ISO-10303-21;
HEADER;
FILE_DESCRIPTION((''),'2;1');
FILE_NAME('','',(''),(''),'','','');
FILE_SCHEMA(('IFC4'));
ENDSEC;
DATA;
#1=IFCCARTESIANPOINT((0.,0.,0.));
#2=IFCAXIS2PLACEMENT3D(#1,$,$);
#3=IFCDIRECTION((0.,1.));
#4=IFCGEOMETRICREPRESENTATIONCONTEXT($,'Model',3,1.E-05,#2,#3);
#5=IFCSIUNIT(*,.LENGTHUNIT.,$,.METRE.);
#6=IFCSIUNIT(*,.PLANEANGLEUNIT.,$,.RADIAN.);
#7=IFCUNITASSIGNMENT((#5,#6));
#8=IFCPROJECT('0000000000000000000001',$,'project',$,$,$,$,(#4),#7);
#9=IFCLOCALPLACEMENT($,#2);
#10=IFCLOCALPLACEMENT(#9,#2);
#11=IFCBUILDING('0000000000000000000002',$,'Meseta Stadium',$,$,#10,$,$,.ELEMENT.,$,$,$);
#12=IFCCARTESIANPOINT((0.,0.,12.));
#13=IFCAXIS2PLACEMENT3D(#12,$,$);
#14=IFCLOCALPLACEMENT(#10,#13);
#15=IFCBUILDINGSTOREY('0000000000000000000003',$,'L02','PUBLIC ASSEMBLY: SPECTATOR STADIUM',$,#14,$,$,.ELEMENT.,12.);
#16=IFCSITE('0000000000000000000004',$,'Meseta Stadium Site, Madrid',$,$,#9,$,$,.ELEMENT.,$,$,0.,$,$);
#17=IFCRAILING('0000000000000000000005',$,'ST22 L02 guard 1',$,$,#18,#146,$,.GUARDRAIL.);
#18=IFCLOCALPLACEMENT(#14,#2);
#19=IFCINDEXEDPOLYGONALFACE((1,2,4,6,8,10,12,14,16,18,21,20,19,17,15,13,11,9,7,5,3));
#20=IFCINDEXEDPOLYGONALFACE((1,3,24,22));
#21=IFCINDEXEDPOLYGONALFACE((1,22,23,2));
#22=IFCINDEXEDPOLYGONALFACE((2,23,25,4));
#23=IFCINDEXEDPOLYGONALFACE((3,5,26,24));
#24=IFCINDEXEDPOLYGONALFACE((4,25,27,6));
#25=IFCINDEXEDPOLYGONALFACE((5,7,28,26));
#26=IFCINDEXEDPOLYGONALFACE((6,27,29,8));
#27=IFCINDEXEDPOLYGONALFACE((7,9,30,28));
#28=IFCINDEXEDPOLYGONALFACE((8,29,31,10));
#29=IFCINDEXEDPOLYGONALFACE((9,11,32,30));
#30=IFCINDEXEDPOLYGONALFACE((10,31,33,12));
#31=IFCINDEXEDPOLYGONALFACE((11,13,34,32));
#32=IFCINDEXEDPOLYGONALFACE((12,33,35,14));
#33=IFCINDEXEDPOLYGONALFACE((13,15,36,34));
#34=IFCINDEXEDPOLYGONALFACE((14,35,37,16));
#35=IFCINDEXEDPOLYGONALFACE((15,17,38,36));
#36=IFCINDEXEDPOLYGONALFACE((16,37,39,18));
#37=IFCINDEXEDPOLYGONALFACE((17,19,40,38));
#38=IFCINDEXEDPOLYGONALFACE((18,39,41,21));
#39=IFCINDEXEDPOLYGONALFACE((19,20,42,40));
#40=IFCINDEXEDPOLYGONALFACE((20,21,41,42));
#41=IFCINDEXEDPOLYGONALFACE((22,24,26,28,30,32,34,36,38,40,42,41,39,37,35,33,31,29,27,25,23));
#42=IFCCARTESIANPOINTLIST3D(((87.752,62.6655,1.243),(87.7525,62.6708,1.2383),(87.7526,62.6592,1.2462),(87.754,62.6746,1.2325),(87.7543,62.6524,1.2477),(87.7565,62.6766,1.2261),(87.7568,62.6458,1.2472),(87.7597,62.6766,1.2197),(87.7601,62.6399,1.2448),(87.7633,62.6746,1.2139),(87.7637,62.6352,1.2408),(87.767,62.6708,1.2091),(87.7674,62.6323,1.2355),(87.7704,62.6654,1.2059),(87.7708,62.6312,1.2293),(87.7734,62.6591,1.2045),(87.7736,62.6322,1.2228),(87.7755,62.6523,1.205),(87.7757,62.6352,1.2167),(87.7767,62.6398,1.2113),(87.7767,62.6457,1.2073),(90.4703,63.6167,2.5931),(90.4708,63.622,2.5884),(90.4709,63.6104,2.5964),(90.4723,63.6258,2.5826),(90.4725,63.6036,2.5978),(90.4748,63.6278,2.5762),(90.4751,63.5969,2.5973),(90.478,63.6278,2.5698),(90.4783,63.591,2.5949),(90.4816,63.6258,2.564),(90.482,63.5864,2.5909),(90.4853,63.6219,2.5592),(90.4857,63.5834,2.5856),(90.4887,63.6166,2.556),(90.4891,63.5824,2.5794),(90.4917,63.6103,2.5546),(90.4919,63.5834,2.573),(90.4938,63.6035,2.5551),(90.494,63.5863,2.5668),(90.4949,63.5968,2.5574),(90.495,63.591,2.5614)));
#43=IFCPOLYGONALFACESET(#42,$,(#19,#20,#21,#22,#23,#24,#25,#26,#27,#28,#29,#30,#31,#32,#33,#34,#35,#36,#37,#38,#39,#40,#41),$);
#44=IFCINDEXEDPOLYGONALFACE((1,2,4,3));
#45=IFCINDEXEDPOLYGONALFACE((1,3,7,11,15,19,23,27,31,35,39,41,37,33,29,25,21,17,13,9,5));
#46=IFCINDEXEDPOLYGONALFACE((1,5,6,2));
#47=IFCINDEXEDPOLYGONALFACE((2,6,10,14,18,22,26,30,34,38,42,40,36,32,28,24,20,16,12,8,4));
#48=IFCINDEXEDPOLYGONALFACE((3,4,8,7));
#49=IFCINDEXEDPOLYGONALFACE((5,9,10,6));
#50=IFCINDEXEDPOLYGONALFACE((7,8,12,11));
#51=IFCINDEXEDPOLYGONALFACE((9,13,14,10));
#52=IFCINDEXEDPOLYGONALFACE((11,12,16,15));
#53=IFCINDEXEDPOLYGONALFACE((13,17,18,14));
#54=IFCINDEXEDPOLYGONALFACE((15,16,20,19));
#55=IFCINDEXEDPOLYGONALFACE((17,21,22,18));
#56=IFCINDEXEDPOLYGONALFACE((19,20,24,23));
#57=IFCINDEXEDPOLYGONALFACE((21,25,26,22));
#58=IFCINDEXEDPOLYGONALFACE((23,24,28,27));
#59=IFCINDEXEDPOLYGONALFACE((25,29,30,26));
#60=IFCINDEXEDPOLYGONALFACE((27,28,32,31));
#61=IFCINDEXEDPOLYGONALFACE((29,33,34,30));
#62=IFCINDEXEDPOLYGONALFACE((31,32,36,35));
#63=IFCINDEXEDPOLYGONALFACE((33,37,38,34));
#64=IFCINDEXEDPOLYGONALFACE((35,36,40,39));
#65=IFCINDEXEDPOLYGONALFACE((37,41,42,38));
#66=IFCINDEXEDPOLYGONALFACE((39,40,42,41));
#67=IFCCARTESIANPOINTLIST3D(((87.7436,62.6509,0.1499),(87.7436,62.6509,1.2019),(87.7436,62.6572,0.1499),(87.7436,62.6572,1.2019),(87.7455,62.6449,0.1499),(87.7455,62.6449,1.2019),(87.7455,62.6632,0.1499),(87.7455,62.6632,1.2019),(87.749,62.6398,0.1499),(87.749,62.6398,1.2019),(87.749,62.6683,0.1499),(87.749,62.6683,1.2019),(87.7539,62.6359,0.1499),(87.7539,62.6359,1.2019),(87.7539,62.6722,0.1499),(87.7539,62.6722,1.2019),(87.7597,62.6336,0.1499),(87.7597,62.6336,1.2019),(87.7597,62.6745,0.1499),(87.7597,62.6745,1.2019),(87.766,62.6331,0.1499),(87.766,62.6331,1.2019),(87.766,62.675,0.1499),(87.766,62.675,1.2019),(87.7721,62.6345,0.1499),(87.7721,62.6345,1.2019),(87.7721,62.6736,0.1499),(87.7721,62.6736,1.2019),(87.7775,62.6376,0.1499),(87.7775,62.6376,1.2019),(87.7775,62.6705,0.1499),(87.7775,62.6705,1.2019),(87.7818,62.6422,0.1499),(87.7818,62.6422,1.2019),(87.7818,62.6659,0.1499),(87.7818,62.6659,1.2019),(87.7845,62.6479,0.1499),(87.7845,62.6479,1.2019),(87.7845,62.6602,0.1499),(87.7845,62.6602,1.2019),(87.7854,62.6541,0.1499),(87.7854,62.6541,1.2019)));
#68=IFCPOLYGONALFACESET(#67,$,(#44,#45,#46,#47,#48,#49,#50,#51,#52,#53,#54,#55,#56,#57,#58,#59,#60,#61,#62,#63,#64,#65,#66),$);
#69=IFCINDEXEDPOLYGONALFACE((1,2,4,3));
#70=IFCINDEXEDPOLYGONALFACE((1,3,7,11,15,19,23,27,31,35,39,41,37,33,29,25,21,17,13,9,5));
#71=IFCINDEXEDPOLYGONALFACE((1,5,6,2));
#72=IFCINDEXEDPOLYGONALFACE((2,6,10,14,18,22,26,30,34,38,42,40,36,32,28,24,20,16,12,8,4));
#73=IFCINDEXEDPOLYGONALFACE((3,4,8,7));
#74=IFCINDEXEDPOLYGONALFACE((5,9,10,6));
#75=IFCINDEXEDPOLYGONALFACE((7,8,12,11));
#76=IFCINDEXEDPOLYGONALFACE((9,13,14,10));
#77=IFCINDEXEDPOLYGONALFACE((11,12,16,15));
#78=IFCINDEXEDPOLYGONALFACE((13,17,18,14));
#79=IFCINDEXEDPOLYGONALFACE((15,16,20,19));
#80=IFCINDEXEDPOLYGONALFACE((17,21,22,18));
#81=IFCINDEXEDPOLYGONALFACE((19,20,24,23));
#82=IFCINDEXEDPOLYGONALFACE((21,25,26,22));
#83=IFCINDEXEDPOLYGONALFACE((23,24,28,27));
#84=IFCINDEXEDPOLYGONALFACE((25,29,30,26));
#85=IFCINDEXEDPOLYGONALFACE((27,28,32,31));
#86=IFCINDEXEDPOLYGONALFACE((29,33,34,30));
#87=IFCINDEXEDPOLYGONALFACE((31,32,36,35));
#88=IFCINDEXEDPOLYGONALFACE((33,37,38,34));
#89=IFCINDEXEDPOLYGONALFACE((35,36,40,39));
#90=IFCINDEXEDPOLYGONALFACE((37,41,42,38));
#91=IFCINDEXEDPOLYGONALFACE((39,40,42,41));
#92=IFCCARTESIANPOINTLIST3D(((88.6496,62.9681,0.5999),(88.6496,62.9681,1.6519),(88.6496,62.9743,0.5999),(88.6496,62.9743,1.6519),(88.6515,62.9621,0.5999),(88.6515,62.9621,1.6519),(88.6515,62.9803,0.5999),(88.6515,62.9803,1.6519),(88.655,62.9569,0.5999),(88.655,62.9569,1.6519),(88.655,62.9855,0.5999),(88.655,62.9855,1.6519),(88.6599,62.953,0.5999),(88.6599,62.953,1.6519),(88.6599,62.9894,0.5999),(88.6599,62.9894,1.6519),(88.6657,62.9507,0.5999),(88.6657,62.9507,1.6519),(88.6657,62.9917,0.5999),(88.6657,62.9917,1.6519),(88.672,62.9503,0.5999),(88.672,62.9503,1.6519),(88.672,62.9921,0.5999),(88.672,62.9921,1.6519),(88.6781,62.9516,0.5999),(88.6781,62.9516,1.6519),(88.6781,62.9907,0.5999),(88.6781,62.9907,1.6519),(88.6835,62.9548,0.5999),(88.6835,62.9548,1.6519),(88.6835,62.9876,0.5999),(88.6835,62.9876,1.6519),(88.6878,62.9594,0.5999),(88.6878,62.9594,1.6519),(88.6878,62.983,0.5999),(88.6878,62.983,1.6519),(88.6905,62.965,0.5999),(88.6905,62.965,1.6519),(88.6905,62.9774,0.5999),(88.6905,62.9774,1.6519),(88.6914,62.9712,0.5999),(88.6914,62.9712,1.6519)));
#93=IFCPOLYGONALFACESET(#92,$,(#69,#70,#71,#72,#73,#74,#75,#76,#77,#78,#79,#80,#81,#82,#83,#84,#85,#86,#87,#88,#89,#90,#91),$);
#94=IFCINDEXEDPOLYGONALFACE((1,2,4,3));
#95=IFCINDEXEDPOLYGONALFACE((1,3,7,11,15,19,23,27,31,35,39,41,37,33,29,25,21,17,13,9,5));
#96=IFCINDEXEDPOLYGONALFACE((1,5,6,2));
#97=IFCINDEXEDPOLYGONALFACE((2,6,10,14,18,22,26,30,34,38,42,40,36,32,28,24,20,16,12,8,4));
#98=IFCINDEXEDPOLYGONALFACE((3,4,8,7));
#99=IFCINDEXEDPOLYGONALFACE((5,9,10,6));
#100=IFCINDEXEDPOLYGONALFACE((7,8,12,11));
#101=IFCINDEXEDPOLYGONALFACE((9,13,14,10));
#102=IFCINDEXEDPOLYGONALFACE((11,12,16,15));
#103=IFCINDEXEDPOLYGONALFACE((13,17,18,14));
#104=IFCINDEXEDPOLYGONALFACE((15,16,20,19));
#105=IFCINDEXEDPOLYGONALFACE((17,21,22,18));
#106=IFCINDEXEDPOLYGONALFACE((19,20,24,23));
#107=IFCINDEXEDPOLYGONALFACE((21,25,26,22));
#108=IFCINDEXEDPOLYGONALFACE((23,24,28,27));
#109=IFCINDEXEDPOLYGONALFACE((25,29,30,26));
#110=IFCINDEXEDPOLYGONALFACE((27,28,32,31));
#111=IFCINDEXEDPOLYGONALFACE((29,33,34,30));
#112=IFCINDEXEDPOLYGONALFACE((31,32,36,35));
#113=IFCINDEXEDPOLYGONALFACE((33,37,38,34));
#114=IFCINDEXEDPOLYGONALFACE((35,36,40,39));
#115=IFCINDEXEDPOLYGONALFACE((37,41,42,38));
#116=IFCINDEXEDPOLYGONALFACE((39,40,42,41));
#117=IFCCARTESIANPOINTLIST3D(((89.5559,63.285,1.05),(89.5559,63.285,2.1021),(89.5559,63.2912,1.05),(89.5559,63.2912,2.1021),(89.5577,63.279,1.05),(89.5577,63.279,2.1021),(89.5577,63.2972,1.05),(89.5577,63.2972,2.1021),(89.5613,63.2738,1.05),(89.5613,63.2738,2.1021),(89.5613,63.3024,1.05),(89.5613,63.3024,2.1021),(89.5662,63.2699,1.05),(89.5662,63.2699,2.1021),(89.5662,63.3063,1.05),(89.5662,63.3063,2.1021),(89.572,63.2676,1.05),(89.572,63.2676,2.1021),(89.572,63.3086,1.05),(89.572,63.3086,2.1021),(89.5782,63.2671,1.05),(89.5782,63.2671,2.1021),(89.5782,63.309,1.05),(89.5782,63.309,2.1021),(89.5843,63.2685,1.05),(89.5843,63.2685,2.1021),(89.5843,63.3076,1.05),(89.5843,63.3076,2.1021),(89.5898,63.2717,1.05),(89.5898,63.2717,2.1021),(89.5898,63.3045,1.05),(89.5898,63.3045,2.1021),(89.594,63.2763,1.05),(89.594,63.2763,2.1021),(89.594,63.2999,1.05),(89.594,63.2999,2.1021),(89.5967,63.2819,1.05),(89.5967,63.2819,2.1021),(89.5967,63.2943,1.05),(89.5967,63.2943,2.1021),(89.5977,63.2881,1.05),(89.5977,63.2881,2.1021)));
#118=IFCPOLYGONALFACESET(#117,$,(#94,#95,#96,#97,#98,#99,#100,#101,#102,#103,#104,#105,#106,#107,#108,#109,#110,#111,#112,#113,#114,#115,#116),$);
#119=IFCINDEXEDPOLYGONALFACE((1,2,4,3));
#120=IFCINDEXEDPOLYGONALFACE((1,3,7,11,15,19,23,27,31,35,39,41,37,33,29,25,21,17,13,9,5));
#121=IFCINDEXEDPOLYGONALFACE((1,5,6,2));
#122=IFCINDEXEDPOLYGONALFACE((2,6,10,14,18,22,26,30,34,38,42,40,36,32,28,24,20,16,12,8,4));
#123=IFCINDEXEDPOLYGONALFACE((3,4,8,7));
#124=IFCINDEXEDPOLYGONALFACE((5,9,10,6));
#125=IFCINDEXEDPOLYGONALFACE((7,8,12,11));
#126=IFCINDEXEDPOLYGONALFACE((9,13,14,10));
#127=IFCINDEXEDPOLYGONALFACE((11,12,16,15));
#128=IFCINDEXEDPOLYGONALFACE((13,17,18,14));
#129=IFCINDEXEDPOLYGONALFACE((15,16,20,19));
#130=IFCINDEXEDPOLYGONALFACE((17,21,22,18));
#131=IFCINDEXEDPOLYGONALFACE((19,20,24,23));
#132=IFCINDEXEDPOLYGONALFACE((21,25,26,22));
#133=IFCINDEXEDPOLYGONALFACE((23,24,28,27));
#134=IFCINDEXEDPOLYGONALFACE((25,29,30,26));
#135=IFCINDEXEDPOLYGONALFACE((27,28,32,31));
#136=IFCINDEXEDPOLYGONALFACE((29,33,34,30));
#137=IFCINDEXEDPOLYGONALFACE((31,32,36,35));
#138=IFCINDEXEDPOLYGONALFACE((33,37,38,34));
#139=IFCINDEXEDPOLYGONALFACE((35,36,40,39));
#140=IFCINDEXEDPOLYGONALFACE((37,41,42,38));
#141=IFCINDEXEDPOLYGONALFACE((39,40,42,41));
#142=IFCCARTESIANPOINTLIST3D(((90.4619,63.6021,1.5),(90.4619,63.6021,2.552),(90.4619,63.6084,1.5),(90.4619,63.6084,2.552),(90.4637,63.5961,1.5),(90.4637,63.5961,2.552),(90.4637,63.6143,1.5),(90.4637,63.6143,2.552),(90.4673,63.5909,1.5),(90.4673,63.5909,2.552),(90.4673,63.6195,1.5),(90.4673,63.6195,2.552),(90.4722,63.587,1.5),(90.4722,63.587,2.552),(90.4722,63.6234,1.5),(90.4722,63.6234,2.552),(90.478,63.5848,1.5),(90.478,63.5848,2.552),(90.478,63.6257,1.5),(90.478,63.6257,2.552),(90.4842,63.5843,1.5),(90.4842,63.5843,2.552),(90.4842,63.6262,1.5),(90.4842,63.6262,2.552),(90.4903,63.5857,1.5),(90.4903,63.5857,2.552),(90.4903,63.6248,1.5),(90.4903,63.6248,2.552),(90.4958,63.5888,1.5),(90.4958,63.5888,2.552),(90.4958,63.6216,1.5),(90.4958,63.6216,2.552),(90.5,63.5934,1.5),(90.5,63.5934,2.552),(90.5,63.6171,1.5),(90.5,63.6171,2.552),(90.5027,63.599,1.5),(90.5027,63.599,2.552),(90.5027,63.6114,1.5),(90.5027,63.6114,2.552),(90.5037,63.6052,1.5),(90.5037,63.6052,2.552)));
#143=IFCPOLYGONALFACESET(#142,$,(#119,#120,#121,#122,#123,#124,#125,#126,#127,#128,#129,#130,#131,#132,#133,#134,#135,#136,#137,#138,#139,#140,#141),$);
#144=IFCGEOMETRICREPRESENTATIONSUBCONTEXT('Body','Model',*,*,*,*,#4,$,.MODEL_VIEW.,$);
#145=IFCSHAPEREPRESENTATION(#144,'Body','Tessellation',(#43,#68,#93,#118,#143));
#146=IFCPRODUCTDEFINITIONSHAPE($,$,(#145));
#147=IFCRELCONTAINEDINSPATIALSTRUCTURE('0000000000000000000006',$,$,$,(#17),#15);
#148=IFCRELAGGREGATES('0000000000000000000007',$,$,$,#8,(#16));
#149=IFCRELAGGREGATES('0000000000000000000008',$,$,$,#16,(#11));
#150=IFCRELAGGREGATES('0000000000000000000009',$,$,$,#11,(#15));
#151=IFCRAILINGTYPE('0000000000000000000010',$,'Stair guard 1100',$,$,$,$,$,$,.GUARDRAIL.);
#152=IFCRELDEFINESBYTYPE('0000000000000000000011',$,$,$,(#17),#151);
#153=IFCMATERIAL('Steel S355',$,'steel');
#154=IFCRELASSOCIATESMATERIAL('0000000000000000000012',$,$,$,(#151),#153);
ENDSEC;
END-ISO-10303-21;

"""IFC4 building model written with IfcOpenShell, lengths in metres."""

from ifc_helpers import new_model, si_unit, direction, frame, origin, origin_2d, place, context, subcontext, project, spatial, circle, extrude, material, type_object, element, save


model = new_model("IFC4")

# Units and contexts
model_context = context("Model", 3, precision=1e-05, world=origin(), true_north=direction((0.0, 1.0)))
body_context = subcontext(model_context, "Body", "Model", "MODEL_VIEW")
ifc_project = project(units=[si_unit("LENGTHUNIT", "METRE"), si_unit("PLANEANGLEUNIT", "RADIAN")], contexts=[model_context])

# Site, building, storey
site_placement = place(None, origin())
site = spatial("IfcSite", under=ifc_project, at=site_placement, Name="Meseta Stadium Site, Madrid", CompositionType="ELEMENT", RefElevation=0.0)
building_placement = place(site_placement, origin())
building = spatial("IfcBuilding", under=site, at=building_placement, Name="Meseta Stadium", CompositionType="ELEMENT")
storey_placement = place(building_placement, frame((0.0, 0.0, 12.0)))
storey = spatial("IfcBuildingStorey", under=building, at=storey_placement, Name="L02", Description="PUBLIC ASSEMBLY: SPECTATOR STADIUM", CompositionType="ELEMENT", Elevation=12.0)

# Railing
ifc_material_1 = material(Name="Steel S355", Category="steel")
railing_type_1 = type_object("IfcRailingType", Name="Stair guard 1100", PredefinedType="GUARDRAIL", material=ifc_material_1)
railing_1_placement = place(storey_placement, frame((87.7644, 62.6541, 0.1499)))
element("IfcRailing", 1, at=railing_1_placement, inside=storey, type_object=railing_type_1, Name="ST22 L02 guard 1", PredefinedType="GUARDRAIL", context=body_context, shape_type="SweptSolid", body=[
    extrude(circle(Radius=0.0239, at=origin_2d()), frame((0.0, 0.0, 1.0762), z_axis=(0.854629, 0.299051, 0.424474), x_axis=(-0.330282, 0.943882, 0.0)), (0.0, 0.0, 1.0), 3.1807),
    extrude(circle(Radius=0.021, at=origin_2d()), origin(), (0.0, 0.0, 1.0), 1.052),
    extrude(circle(Radius=0.021, at=origin_2d()), frame((0.906, 0.3171, 0.45)), (0.0, 0.0, 1.0), 1.052),
    extrude(circle(Radius=0.021, at=origin_2d()), frame((1.8123, 0.634, 0.9001)), (0.0, 0.0, 1.0), 1.052),
    extrude(circle(Radius=0.021, at=origin_2d()), frame((2.7183, 0.9512, 1.3501)), (0.0, 0.0, 1.0), 1.052),
])

save(model, "model.ifc")
